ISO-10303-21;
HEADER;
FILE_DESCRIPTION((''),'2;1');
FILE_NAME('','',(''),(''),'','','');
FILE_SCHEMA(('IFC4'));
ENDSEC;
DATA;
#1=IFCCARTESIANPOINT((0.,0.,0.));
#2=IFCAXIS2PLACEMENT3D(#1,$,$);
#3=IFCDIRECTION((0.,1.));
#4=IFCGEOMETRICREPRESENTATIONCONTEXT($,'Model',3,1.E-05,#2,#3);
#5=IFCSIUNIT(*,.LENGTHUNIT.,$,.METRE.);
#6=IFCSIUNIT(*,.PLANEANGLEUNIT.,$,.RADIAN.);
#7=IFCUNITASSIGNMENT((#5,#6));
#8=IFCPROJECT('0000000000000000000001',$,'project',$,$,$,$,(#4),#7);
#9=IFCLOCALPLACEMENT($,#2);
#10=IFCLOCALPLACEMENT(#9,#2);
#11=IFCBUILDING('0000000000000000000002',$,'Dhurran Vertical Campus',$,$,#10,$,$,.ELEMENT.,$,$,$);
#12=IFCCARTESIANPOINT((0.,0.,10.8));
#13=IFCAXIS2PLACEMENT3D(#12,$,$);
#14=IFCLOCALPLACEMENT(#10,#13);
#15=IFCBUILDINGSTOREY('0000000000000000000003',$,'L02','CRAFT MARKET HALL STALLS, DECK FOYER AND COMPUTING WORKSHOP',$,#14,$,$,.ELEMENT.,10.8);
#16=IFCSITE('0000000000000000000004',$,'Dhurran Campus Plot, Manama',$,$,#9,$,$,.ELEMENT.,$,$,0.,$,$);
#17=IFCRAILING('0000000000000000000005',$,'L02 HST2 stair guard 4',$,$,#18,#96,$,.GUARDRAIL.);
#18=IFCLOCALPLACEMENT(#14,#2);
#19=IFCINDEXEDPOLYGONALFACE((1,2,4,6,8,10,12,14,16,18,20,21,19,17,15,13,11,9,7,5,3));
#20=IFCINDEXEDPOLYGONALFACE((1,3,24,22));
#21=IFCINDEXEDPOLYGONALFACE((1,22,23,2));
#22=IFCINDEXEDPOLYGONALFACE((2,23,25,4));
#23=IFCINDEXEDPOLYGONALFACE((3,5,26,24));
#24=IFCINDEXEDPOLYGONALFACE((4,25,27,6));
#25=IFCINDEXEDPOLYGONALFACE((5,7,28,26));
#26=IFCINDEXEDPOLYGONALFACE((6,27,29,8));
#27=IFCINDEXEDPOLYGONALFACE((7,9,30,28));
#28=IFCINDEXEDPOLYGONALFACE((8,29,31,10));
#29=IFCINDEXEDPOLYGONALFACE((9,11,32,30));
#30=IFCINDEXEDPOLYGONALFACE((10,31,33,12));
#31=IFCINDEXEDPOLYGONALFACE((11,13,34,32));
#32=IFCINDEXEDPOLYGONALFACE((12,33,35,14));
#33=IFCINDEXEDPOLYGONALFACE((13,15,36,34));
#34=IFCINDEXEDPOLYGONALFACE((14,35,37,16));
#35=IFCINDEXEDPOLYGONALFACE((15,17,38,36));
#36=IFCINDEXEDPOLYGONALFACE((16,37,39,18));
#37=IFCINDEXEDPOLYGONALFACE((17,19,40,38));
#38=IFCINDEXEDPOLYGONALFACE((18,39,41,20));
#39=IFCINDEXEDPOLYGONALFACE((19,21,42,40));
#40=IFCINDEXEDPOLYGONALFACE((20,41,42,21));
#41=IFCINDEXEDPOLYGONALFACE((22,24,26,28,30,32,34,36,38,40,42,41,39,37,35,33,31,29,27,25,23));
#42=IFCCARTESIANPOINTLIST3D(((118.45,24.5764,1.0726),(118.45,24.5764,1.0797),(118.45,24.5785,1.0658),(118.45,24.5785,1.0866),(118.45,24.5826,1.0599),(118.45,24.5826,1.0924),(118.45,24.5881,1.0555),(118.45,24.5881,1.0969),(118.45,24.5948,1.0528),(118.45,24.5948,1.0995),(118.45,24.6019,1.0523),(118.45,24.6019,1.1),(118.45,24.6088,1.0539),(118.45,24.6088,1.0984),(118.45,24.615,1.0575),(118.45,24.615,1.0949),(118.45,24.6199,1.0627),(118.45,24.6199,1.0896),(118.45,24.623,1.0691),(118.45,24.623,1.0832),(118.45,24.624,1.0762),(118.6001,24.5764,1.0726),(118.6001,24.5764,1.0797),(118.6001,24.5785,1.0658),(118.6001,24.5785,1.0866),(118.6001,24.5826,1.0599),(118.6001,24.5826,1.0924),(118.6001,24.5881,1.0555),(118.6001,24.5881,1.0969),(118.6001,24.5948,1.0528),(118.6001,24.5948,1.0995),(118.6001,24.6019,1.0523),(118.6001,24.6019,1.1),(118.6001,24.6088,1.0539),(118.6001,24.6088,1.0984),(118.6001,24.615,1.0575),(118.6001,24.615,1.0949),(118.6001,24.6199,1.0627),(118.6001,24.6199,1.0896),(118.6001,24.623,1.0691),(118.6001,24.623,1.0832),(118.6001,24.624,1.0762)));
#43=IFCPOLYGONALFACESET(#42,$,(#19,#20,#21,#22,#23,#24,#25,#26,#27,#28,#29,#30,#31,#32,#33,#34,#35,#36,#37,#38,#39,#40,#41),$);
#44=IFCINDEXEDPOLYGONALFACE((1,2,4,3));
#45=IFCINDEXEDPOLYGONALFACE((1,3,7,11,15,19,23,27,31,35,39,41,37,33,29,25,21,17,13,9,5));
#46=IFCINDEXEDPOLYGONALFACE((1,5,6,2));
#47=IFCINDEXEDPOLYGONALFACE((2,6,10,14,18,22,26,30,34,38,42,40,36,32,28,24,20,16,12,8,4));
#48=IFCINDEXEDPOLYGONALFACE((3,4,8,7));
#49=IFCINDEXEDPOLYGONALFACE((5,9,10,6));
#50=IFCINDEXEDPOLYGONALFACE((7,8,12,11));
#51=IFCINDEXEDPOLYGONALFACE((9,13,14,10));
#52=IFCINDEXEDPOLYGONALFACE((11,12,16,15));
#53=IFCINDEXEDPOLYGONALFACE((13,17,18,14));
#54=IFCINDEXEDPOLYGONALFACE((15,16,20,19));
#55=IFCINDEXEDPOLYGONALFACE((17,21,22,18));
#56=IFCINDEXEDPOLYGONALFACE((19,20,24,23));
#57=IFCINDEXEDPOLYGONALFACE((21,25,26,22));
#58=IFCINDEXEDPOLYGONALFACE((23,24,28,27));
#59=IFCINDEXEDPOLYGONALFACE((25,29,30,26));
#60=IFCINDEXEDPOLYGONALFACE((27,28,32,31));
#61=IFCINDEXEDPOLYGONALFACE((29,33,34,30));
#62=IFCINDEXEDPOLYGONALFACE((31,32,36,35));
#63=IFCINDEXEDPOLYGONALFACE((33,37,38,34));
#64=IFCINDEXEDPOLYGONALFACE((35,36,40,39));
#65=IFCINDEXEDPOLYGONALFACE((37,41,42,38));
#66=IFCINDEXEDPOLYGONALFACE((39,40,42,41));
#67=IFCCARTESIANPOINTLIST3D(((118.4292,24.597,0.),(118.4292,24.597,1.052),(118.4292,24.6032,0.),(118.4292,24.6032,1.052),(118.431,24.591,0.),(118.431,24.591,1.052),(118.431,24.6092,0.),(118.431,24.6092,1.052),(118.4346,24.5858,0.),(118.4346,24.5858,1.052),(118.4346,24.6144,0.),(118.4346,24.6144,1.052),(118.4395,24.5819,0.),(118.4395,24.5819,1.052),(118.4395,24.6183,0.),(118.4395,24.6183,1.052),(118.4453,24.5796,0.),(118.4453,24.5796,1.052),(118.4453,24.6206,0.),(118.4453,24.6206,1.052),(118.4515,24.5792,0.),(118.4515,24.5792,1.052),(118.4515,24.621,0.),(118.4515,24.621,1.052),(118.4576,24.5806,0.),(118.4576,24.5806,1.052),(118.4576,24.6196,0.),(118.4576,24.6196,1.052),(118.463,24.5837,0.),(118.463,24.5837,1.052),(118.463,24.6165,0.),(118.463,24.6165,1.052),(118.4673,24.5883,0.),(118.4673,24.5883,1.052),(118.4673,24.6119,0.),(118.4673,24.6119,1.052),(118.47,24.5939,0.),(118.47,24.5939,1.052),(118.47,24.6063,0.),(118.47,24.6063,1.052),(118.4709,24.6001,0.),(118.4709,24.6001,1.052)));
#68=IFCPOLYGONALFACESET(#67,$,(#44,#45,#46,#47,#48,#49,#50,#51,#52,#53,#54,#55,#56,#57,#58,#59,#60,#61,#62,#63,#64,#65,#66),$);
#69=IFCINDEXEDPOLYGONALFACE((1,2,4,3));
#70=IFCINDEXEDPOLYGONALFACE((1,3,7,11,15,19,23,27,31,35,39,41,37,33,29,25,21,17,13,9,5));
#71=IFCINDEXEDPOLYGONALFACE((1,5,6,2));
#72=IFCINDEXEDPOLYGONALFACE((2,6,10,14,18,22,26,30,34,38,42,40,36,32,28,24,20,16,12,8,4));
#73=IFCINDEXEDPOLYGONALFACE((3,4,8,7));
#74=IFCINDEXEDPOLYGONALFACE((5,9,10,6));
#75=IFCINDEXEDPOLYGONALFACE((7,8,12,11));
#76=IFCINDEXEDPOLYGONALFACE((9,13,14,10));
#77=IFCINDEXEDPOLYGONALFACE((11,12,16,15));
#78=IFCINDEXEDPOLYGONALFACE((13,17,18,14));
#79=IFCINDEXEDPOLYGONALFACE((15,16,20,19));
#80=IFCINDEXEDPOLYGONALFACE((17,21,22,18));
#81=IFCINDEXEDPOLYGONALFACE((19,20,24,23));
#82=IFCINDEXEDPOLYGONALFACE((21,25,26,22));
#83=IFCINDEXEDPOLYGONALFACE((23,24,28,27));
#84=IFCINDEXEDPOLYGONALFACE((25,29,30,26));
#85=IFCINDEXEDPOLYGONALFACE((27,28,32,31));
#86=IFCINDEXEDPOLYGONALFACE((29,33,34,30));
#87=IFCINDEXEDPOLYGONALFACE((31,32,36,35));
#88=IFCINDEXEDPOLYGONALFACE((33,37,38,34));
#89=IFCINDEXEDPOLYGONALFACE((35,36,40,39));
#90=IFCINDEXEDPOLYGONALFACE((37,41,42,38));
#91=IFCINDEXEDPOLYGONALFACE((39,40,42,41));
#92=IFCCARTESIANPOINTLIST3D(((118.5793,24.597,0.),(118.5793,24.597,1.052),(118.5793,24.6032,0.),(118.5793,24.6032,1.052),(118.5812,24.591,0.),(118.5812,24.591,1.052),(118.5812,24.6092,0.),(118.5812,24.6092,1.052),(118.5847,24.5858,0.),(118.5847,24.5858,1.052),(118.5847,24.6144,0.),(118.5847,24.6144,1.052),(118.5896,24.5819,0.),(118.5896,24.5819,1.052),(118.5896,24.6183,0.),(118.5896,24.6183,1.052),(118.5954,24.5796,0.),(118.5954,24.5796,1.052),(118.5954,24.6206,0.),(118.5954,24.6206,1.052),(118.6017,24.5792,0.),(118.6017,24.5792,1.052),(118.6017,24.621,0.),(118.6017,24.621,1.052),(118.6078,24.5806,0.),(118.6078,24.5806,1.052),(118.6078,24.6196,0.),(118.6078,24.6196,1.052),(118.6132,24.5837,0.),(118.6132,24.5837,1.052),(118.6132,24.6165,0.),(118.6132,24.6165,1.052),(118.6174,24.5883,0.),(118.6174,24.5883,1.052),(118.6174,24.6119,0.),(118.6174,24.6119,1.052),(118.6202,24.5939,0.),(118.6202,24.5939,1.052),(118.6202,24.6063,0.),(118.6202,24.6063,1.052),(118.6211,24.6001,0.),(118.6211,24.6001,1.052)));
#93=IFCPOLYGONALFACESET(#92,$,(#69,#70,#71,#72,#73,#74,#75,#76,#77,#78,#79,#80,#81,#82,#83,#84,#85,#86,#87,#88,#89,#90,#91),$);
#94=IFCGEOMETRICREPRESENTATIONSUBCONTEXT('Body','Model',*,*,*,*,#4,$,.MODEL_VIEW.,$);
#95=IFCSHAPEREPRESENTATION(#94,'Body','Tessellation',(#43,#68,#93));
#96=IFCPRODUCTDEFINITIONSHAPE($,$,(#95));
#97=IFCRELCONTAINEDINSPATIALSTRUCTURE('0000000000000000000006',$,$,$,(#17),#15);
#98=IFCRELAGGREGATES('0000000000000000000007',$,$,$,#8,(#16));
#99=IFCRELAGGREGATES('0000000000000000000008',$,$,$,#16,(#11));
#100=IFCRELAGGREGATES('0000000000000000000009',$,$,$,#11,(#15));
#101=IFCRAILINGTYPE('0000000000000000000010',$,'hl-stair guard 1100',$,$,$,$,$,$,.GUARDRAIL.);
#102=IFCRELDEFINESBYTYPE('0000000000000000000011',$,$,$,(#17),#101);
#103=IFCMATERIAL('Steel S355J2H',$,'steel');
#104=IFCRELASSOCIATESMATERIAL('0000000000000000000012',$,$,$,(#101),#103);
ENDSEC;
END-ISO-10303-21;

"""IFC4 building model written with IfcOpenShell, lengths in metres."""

from ifc_helpers import new_model, si_unit, direction, frame, origin, origin_2d, place, context, subcontext, project, spatial, circle, extrude, material, type_object, element, save


model = new_model("IFC4")

# Units and contexts
model_context = context("Model", 3, precision=1e-05, world=origin(), true_north=direction((0.0, 1.0)))
body_context = subcontext(model_context, "Body", "Model", "MODEL_VIEW")
ifc_project = project(units=[si_unit("LENGTHUNIT", "METRE"), si_unit("PLANEANGLEUNIT", "RADIAN")], contexts=[model_context])

# Site, building, storey
site_placement = place(None, origin())
site = spatial("IfcSite", under=ifc_project, at=site_placement, Name="Dhurran Campus Plot, Manama", CompositionType="ELEMENT", RefElevation=0.0)
building_placement = place(site_placement, origin())
building = spatial("IfcBuilding", under=site, at=building_placement, Name="Dhurran Vertical Campus", CompositionType="ELEMENT")
storey_placement = place(building_placement, frame((0.0, 0.0, 10.8)))
storey = spatial("IfcBuildingStorey", under=building, at=storey_placement, Name="L02", Description="CRAFT MARKET HALL STALLS, DECK FOYER AND COMPUTING WORKSHOP", CompositionType="ELEMENT", Elevation=10.8)

# Railing
ifc_material_1 = material(Name="Steel S355J2H", Category="steel")
railing_type_1 = type_object("IfcRailingType", Name="hl-stair guard 1100", PredefinedType="GUARDRAIL", material=ifc_material_1)
railing_1_placement = place(storey_placement, frame((118.45, 24.6001, 0.0)))
element("IfcRailing", 1, at=railing_1_placement, inside=storey, type_object=railing_type_1, Name="L02 HST2 stair guard 4", PredefinedType="GUARDRAIL", context=body_context, shape_type="SweptSolid", body=[
    extrude(circle(Radius=0.0239, at=origin_2d()), frame((0.0, 0.0, 1.0762), z_axis=(1.0, 0.0, 0.0), x_axis=(0.0, 1.0, 0.0)), (0.0, 0.0, 1.0), 0.1501),
    extrude(circle(Radius=0.021, at=origin_2d()), origin(), (0.0, 0.0, 1.0), 1.052),
    extrude(circle(Radius=0.021, at=origin_2d()), frame((0.1501, 0.0, 0.0)), (0.0, 0.0, 1.0), 1.052),
])

save(model, "model.ifc")
